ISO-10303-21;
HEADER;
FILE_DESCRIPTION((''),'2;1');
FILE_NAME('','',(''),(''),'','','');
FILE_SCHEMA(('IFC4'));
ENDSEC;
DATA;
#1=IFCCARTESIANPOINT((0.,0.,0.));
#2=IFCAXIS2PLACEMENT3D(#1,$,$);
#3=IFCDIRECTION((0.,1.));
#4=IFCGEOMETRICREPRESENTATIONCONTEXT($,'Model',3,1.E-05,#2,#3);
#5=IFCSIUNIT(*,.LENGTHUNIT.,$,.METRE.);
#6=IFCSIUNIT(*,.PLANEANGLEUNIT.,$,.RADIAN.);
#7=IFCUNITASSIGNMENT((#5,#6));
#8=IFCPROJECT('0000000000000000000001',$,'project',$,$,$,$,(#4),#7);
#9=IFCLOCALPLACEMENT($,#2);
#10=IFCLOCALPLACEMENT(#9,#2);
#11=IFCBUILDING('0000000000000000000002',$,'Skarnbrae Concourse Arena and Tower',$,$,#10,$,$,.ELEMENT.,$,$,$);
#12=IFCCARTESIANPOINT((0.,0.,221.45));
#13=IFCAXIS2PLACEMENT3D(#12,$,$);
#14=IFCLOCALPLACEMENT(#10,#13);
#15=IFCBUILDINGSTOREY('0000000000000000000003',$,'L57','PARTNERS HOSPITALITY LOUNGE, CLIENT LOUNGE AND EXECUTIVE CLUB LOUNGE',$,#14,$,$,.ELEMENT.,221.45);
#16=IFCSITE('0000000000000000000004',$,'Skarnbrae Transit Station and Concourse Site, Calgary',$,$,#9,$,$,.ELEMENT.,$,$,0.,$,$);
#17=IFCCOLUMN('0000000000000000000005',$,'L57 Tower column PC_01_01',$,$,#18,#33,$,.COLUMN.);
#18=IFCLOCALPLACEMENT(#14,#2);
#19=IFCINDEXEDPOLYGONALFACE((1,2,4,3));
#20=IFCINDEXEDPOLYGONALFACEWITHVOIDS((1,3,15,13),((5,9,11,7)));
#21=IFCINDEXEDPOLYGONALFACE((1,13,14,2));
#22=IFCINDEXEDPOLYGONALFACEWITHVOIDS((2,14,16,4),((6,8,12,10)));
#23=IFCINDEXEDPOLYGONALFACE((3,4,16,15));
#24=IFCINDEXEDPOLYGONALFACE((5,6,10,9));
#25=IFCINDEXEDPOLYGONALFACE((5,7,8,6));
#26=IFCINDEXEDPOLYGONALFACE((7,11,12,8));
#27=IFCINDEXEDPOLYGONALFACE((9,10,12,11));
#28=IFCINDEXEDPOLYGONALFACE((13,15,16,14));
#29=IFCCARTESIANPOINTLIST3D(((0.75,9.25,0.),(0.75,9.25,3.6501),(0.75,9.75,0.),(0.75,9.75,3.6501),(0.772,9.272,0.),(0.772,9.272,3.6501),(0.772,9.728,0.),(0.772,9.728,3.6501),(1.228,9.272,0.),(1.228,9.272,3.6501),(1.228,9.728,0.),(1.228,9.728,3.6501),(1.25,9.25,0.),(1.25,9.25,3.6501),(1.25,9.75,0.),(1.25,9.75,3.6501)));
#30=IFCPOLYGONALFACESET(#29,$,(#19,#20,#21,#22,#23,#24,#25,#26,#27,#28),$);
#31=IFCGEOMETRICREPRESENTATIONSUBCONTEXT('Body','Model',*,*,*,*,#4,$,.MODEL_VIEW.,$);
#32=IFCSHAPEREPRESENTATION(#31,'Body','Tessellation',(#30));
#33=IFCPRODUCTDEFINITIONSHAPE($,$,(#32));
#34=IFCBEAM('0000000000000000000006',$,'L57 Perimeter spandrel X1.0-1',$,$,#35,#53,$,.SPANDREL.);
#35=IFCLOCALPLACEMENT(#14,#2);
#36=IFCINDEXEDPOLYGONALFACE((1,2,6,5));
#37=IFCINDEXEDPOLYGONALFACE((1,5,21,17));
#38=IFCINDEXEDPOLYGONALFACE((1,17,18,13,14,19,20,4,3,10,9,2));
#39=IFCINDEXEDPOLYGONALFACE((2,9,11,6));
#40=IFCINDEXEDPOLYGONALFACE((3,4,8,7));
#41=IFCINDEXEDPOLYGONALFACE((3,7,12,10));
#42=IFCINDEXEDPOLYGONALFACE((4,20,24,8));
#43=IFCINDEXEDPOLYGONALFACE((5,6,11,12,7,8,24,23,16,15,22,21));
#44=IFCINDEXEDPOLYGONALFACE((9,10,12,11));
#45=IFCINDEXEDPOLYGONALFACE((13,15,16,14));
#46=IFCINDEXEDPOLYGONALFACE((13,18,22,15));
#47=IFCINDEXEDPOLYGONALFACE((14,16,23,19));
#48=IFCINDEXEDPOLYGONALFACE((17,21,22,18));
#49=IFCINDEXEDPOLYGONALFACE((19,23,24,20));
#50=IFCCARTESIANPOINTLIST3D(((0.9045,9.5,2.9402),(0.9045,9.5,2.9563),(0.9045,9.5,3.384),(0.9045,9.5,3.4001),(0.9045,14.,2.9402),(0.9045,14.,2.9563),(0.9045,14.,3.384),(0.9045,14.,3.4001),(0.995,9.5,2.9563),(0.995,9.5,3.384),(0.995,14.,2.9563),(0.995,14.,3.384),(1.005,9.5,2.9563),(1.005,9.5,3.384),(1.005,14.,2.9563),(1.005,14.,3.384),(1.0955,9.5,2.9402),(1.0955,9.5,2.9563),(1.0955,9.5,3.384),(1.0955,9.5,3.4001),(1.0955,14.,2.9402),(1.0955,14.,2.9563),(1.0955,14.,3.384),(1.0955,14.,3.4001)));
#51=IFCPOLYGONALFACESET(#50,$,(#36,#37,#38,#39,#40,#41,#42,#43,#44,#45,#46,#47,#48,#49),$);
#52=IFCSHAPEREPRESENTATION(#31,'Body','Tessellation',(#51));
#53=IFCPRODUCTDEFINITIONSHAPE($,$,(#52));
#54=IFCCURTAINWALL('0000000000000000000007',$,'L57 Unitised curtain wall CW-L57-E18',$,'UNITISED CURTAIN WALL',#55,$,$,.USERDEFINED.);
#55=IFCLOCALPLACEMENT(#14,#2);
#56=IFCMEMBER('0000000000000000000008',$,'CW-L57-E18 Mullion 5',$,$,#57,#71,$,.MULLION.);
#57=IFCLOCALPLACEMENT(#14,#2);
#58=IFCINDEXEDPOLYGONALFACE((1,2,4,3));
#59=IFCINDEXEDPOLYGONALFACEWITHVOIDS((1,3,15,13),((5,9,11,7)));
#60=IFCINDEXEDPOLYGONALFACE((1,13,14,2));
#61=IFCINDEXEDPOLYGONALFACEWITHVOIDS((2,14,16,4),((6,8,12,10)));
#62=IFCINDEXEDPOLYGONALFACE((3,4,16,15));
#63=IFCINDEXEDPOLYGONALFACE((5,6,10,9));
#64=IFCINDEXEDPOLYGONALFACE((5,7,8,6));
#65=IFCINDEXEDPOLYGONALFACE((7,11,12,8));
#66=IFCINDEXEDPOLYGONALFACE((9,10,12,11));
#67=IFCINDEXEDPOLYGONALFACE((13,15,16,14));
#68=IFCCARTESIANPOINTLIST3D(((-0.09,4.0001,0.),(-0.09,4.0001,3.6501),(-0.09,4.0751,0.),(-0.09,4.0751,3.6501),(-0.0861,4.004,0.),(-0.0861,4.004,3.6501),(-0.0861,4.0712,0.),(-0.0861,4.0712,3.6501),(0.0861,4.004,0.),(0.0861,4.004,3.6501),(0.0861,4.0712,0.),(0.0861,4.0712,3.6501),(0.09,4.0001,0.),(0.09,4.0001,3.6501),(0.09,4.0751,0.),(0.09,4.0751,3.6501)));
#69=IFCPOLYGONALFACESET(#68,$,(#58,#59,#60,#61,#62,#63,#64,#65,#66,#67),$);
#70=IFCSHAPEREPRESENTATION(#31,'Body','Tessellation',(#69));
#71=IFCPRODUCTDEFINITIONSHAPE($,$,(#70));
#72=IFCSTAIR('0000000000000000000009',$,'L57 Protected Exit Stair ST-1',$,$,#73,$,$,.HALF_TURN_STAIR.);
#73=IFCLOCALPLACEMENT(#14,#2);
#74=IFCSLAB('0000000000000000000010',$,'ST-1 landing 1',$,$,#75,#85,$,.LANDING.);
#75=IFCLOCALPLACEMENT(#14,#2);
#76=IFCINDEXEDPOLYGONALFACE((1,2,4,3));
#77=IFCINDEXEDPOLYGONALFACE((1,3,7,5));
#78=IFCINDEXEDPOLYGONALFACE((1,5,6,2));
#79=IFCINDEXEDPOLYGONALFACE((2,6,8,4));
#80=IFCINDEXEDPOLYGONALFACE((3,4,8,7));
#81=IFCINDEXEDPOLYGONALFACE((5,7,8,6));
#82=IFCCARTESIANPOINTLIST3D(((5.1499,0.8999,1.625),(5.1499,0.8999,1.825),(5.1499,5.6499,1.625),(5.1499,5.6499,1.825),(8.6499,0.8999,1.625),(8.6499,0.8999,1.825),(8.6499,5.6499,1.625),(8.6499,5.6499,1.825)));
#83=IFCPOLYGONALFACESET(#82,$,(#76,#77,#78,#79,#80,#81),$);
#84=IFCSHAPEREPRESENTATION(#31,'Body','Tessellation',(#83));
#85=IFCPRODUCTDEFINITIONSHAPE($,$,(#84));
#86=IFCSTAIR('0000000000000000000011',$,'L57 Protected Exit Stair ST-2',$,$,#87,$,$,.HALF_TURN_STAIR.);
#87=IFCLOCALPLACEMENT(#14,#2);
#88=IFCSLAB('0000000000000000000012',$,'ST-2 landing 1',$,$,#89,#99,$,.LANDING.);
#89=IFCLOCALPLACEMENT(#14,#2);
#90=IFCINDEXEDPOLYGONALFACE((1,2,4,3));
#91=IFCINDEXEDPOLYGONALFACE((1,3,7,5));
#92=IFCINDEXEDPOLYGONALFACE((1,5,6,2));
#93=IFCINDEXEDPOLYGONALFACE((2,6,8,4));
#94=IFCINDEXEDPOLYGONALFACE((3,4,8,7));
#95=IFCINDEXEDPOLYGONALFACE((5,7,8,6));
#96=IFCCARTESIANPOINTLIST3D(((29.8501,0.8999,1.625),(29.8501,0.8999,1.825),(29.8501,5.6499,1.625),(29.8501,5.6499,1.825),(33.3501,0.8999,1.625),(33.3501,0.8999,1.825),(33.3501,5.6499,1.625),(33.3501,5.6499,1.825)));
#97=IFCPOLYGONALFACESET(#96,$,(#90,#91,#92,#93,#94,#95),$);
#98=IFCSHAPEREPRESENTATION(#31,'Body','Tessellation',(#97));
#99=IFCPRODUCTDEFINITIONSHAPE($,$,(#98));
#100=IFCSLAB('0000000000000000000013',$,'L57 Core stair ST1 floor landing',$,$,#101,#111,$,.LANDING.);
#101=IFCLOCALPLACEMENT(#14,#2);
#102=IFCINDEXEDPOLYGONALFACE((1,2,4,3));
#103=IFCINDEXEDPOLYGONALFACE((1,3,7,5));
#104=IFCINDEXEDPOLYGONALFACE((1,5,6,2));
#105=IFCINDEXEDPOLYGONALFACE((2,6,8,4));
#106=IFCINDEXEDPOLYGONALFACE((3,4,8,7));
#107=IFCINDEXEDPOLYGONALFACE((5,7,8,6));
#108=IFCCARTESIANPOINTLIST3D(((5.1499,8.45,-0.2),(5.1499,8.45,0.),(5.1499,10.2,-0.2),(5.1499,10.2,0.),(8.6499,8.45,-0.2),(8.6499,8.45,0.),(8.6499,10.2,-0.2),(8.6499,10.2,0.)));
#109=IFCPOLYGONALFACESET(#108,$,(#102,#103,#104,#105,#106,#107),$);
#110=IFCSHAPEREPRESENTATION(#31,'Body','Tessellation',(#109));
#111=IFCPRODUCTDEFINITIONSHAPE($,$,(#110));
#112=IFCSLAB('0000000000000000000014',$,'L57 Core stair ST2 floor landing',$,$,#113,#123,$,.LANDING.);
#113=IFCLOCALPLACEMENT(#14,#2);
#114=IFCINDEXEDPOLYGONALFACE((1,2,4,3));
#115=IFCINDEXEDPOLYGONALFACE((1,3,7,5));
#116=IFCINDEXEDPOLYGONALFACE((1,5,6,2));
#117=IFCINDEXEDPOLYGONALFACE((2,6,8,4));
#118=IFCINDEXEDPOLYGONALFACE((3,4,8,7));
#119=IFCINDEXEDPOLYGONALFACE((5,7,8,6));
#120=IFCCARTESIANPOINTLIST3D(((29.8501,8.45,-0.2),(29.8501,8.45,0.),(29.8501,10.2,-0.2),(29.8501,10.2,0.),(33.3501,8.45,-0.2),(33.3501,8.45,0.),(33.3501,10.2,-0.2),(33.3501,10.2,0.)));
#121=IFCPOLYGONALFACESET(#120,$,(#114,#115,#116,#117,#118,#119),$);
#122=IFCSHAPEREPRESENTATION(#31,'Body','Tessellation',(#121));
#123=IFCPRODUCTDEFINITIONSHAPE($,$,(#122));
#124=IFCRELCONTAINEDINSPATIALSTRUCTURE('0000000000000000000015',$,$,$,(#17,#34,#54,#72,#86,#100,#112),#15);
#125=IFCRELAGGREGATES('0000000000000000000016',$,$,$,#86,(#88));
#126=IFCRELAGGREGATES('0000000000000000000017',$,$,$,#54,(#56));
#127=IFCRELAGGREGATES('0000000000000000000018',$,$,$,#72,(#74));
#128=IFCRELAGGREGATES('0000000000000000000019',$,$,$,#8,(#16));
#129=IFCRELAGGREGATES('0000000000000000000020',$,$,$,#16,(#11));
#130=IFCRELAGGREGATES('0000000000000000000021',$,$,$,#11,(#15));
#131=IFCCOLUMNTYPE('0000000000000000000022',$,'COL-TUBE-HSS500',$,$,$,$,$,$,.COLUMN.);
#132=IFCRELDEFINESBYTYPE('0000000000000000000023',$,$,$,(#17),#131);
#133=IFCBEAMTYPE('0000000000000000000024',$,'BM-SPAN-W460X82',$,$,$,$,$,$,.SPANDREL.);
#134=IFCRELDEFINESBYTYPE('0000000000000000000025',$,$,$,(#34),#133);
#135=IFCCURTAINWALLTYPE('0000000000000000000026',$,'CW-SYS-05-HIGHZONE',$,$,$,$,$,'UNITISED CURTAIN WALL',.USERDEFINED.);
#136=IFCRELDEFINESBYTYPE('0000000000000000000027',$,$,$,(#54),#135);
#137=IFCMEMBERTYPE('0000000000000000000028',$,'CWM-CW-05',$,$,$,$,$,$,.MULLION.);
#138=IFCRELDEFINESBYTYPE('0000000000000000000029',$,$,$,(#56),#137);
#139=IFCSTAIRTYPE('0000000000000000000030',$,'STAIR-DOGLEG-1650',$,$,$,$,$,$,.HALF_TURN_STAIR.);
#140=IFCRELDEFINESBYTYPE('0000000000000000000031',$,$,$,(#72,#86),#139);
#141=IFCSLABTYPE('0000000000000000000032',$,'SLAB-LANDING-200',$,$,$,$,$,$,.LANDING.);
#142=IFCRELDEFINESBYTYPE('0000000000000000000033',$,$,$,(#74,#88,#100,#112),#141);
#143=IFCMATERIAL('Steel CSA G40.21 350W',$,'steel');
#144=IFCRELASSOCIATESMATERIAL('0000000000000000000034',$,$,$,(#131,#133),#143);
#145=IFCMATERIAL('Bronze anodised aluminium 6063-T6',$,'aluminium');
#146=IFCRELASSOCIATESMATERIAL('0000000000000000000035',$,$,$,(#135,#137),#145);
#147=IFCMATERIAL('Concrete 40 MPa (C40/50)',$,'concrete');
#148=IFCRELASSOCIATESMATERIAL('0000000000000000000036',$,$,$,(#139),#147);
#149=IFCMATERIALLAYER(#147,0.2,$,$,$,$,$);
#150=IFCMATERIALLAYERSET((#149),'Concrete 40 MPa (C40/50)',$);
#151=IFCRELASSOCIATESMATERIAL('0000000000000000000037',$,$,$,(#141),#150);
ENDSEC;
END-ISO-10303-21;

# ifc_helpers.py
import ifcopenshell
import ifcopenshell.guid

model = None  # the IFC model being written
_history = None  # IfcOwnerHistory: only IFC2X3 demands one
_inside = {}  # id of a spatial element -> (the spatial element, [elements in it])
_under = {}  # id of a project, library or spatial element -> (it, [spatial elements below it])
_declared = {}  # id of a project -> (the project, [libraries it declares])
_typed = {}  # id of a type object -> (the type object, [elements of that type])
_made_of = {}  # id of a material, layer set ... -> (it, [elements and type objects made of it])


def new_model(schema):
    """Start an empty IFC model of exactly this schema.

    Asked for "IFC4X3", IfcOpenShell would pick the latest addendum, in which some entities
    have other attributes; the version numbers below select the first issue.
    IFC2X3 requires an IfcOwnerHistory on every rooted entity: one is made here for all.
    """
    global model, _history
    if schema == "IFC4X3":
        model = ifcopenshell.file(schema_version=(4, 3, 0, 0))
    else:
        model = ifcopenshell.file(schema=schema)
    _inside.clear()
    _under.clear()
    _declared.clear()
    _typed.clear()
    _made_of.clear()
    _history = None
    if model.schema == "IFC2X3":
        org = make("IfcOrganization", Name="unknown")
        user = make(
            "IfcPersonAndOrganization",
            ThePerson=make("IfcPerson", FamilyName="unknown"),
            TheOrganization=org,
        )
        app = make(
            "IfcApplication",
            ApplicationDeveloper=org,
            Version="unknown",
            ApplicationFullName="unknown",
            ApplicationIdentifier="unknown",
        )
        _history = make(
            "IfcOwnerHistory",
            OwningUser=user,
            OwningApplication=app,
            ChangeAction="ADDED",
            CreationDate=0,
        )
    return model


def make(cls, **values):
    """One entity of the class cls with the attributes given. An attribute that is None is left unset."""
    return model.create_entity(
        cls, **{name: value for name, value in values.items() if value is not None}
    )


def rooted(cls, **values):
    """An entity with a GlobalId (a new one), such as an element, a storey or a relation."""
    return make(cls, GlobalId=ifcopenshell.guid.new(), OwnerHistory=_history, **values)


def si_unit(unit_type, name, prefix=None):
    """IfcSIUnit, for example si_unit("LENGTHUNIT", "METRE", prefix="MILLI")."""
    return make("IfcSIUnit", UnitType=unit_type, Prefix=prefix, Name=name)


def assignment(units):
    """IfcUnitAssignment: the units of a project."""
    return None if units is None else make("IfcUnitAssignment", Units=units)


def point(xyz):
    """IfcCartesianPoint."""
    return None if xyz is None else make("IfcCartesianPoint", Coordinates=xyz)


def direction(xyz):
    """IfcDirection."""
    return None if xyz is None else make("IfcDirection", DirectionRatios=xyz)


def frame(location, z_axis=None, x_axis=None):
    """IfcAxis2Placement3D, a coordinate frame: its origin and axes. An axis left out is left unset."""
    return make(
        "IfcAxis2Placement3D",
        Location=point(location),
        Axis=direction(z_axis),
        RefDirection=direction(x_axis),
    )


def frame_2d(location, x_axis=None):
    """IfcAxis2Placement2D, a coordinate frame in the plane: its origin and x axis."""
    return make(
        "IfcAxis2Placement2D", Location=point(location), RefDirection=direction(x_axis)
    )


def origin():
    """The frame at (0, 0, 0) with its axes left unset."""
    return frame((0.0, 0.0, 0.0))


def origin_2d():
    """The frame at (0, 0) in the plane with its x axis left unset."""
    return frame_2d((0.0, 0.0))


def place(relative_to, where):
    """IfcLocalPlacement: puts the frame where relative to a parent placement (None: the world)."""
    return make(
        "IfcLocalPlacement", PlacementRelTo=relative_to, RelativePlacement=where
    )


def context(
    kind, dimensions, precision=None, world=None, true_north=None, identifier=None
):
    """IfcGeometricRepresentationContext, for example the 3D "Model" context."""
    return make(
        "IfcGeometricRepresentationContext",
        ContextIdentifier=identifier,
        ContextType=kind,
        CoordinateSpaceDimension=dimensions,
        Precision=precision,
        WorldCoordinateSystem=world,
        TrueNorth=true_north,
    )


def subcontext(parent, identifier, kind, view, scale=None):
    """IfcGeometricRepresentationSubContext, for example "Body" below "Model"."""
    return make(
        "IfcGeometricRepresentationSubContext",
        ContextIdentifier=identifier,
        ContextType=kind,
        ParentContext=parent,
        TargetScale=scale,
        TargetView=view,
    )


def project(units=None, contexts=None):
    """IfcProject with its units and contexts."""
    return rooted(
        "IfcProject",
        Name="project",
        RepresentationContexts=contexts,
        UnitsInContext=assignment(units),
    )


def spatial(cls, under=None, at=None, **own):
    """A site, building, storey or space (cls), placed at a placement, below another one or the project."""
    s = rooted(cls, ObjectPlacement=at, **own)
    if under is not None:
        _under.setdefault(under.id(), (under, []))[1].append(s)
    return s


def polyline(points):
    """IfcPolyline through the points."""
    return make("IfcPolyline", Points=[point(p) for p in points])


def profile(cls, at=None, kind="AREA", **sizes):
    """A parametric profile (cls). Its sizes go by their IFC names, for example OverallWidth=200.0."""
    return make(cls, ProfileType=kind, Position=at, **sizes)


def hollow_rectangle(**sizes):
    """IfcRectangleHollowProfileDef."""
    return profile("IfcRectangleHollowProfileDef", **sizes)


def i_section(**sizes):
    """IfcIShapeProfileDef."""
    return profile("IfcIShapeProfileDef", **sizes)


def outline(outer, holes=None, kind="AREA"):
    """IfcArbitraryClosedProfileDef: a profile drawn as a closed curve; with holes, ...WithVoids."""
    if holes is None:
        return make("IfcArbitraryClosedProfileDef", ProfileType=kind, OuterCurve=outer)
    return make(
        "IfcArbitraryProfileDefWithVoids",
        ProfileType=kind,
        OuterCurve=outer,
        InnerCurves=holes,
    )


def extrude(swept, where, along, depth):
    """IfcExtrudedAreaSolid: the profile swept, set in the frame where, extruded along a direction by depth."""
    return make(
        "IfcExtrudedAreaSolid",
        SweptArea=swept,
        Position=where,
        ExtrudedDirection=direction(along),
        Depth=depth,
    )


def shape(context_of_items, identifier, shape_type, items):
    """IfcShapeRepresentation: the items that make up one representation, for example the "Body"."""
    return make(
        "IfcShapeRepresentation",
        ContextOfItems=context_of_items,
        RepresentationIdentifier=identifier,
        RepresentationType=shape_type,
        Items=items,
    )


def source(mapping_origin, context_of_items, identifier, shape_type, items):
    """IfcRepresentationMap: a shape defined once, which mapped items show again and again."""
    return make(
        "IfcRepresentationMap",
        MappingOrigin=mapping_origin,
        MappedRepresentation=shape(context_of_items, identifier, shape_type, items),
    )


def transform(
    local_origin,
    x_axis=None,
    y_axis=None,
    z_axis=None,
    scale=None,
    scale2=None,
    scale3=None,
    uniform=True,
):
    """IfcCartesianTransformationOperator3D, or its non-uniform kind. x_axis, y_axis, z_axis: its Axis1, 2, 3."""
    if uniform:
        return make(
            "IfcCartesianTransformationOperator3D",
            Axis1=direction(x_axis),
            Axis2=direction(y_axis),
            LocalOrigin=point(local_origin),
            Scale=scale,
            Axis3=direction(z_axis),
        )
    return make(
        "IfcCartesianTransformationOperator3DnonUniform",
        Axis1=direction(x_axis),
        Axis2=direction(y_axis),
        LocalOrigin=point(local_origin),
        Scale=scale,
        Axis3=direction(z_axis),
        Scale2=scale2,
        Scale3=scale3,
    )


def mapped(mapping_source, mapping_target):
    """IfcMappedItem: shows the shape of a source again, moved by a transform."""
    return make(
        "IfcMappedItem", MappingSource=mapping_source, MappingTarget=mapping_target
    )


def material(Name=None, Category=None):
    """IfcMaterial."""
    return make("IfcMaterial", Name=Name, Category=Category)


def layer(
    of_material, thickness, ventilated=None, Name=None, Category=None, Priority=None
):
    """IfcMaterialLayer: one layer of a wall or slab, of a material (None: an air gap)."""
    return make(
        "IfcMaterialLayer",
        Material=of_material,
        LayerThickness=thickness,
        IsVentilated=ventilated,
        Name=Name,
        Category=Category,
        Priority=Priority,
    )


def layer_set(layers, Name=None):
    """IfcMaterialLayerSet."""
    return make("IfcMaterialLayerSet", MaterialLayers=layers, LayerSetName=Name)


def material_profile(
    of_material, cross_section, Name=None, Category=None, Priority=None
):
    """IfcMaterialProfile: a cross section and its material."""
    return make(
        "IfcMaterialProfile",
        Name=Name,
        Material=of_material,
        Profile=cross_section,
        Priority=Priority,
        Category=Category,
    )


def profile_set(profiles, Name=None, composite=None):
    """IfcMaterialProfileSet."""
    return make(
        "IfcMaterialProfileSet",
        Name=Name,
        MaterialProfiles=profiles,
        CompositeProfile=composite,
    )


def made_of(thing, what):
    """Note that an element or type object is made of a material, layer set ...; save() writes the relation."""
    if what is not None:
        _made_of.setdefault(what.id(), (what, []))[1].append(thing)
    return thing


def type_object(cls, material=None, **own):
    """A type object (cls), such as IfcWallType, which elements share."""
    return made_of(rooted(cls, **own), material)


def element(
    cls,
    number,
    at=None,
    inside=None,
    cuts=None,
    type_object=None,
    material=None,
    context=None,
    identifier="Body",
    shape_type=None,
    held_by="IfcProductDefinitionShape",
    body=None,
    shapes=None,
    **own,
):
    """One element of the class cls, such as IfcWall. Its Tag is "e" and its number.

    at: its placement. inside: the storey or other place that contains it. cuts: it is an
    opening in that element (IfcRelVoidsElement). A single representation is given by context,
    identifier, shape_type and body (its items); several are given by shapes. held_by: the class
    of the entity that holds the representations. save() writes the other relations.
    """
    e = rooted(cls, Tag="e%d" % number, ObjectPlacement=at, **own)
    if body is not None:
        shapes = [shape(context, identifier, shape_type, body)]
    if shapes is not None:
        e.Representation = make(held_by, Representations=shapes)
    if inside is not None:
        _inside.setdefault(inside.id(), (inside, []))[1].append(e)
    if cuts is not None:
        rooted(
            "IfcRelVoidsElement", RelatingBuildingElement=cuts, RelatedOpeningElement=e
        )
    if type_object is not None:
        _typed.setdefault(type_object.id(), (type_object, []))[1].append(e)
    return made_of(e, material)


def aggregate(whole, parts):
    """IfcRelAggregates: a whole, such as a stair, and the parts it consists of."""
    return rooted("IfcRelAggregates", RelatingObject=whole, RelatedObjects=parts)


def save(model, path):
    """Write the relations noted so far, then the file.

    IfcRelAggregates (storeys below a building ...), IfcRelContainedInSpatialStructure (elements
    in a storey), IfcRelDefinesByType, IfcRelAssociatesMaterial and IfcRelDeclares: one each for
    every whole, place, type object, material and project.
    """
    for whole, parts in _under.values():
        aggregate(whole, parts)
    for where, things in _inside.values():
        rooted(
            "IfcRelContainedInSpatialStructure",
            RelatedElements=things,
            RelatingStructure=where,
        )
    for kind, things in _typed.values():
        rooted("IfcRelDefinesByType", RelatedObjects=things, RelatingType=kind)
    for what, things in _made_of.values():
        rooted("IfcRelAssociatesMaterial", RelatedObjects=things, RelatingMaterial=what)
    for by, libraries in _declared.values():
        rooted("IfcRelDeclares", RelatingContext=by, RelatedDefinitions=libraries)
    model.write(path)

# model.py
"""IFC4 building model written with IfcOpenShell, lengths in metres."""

from ifc_helpers import new_model, si_unit, direction, frame, origin, origin_2d, place, context, subcontext, project, spatial, polyline, hollow_rectangle, i_section, outline, extrude, source, transform, mapped, material, layer, layer_set, material_profile, profile_set, type_object, element, aggregate, save


model = new_model("IFC4")

# Units and contexts
model_context = context("Model", 3, precision=1e-05, world=origin(), true_north=direction((0.0, 1.0)))
body_context = subcontext(model_context, "Body", "Model", "MODEL_VIEW")
ifc_project = project(units=[si_unit("LENGTHUNIT", "METRE"), si_unit("PLANEANGLEUNIT", "RADIAN")], contexts=[model_context])

# Site, building, storey
site_placement = place(None, origin())
site = spatial("IfcSite", under=ifc_project, at=site_placement, Name="Skarnbrae Transit Station and Concourse Site, Calgary", CompositionType="ELEMENT", RefElevation=0.0)
building_placement = place(site_placement, origin())
building = spatial("IfcBuilding", under=site, at=building_placement, Name="Skarnbrae Concourse Arena and Tower", CompositionType="ELEMENT")
storey_placement = place(building_placement, frame((0.0, 0.0, 221.45)))
storey = spatial("IfcBuildingStorey", under=building, at=storey_placement, Name="L57", Description="PARTNERS HOSPITALITY LOUNGE, CLIENT LOUNGE AND EXECUTIVE CLUB LOUNGE", CompositionType="ELEMENT", Elevation=221.45)

# Column
ifc_material_1 = material(Name="Steel CSA G40.21 350W", Category="steel")
ifc_material_profile_1 = material_profile(ifc_material_1, hollow_rectangle(XDim=0.5, YDim=0.5, WallThickness=0.022, at=origin_2d()), Name="HSS500X500X22.0")
ifc_profile_set_1 = profile_set([ifc_material_profile_1], Name="Steel CSA G40.21 350W")
column_type = type_object("IfcColumnType", Name="COL-TUBE-HSS500", PredefinedType="COLUMN", material=ifc_profile_set_1)
shared_shape_1 = source(origin(), body_context, "Body", "SweptSolid", [
    extrude(hollow_rectangle(XDim=0.5, YDim=0.5, WallThickness=0.022, at=origin_2d()), origin(), (0.0, 0.0, 1.0), 3.6501),
])
column_placement = place(storey_placement, frame((1.0, 9.5, 0.0), z_axis=(0.0, 0.0, 1.0), x_axis=(1.0, 0.0, 0.0)))
element("IfcColumn", 1, at=column_placement, inside=storey, type_object=column_type, Name="L57 Tower column PC_01_01", PredefinedType="COLUMN", context=body_context, shape_type="MappedRepresentation", body=[
    mapped(shared_shape_1, transform((0.0, 0.0, 0.0))),
])

# Beam
ifc_material_profile_2 = material_profile(ifc_material_1, i_section(OverallWidth=0.1909, OverallDepth=0.46, WebThickness=0.01, FlangeThickness=0.0161, at=origin_2d()), Name="W460X82")
ifc_profile_set_2 = profile_set([ifc_material_profile_2], Name="Steel CSA G40.21 350W")
beam_type = type_object("IfcBeamType", Name="BM-SPAN-W460X82", PredefinedType="SPANDREL", material=ifc_profile_set_2)
shared_shape_2 = source(origin(), body_context, "Body", "SweptSolid", [
    extrude(i_section(OverallWidth=0.1909, OverallDepth=0.46, WebThickness=0.01, FlangeThickness=0.0161, at=origin_2d()), origin(), (0.0, 0.0, 1.0), 4.5),
])
beam_placement = place(storey_placement, frame((1.0, 9.5, 3.1702), z_axis=(0.0, 1.0, 0.0), x_axis=(-1.0, 0.0, 0.0)))
element("IfcBeam", 2, at=beam_placement, inside=storey, type_object=beam_type, Name="L57 Perimeter spandrel X1.0-1", PredefinedType="SPANDREL", context=body_context, shape_type="MappedRepresentation", body=[
    mapped(shared_shape_2, transform((0.0, 0.0, 0.0))),
])

# Curtain wall, member
ifc_material_2 = material(Name="Bronze anodised aluminium 6063-T6", Category="aluminium")
curtain_wall_type = type_object("IfcCurtainWallType", Name="CW-SYS-05-HIGHZONE", ElementType="UNITISED CURTAIN WALL", PredefinedType="USERDEFINED", material=ifc_material_2)
curtain_wall_placement = place(storey_placement, origin())
curtain_wall = element("IfcCurtainWall", 3, at=curtain_wall_placement, inside=storey, type_object=curtain_wall_type, Name="L57 Unitised curtain wall CW-L57-E18", ObjectType="UNITISED CURTAIN WALL", PredefinedType="USERDEFINED")
ifc_material_profile_3 = material_profile(ifc_material_2, hollow_rectangle(XDim=0.075, YDim=0.1799, WallThickness=0.0039, at=origin_2d()), Name="ALU-MULL-75X180")
ifc_profile_set_3 = profile_set([ifc_material_profile_3], Name="Bronze anodised aluminium 6063-T6")
member_type = type_object("IfcMemberType", Name="CWM-CW-05", PredefinedType="MULLION", material=ifc_profile_set_3)
shared_shape_3 = source(origin(), body_context, "Body", "SweptSolid", [
    extrude(hollow_rectangle(XDim=0.075, YDim=0.1799, WallThickness=0.0039, at=origin_2d()), origin(), (0.0, 0.0, 1.0), 3.6501),
])
member_placement = place(storey_placement, frame((0.0, 4.0376, 0.0), z_axis=(0.0, 0.0, 1.0), x_axis=(0.0, -1.0, 0.0)))
member = element("IfcMember", 4, at=member_placement, type_object=member_type, Name="CW-L57-E18 Mullion 5", PredefinedType="MULLION", context=body_context, shape_type="MappedRepresentation", body=[
    mapped(shared_shape_3, transform((0.0, 0.0, 0.0))),
])

# Stairs, slabs
ifc_material_3 = material(Name="Concrete 40 MPa (C40/50)", Category="concrete")
stair_type = type_object("IfcStairType", Name="STAIR-DOGLEG-1650", PredefinedType="HALF_TURN_STAIR", material=ifc_material_3)
stair_1_placement = place(storey_placement, origin())
stair_1 = element("IfcStair", 5, at=stair_1_placement, inside=storey, type_object=stair_type, Name="L57 Protected Exit Stair ST-1", PredefinedType="HALF_TURN_STAIR")
ifc_layer_1 = layer(ifc_material_3, 0.2)
ifc_layer_set_1 = layer_set([ifc_layer_1], Name="Concrete 40 MPa (C40/50)")
slab_type_1 = type_object("IfcSlabType", Name="SLAB-LANDING-200", PredefinedType="LANDING", material=ifc_layer_set_1)
slab_1_placement = place(storey_placement, frame((0.0, 0.0, 1.625)))
slab_1 = element("IfcSlab", 6, at=slab_1_placement, type_object=slab_type_1, Name="ST-1 landing 1", PredefinedType="LANDING", context=body_context, shape_type="SweptSolid", body=[
    extrude(outline(polyline([(5.1499, 5.6499), (5.1499, 0.8999), (8.6499, 0.8999), (8.6499, 5.6499), (5.1499, 5.6499)])), origin(), (0.0, 0.0, 1.0), 0.2),
])
stair_2_placement = place(storey_placement, origin())
stair_2 = element("IfcStair", 7, at=stair_2_placement, inside=storey, type_object=stair_type, Name="L57 Protected Exit Stair ST-2", PredefinedType="HALF_TURN_STAIR")
slab_2_placement = place(storey_placement, frame((0.0, 0.0, 1.625)))
slab_2 = element("IfcSlab", 8, at=slab_2_placement, type_object=slab_type_1, Name="ST-2 landing 1", PredefinedType="LANDING", context=body_context, shape_type="SweptSolid", body=[
    extrude(outline(polyline([(29.8501, 5.6499), (29.8501, 0.8999), (33.3501, 0.8999), (33.3501, 5.6499), (29.8501, 5.6499)])), origin(), (0.0, 0.0, 1.0), 0.2),
])
aggregate(stair_2, [slab_2])

# Slabs
slab_3_placement = place(storey_placement, frame((0.0, 0.0, -0.2)))
element("IfcSlab", 9, at=slab_3_placement, inside=storey, type_object=slab_type_1, Name="L57 Core stair ST1 floor landing", PredefinedType="LANDING", context=body_context, shape_type="SweptSolid", body=[
    extrude(outline(polyline([(5.1499, 10.2), (5.1499, 8.45), (8.6499, 8.45), (8.6499, 10.2), (5.1499, 10.2)])), origin(), (0.0, 0.0, 1.0), 0.2),
])
slab_4_placement = place(storey_placement, frame((0.0, 0.0, -0.2)))
element("IfcSlab", 10, at=slab_4_placement, inside=storey, type_object=slab_type_1, Name="L57 Core stair ST2 floor landing", PredefinedType="LANDING", context=body_context, shape_type="SweptSolid", body=[
    extrude(outline(polyline([(29.8501, 10.2), (29.8501, 8.45), (33.3501, 8.45), (33.3501, 10.2), (29.8501, 10.2)])), origin(), (0.0, 0.0, 1.0), 0.2),
])

aggregate(curtain_wall, [member])

aggregate(stair_1, [slab_1])

save(model, "model.ifc")
